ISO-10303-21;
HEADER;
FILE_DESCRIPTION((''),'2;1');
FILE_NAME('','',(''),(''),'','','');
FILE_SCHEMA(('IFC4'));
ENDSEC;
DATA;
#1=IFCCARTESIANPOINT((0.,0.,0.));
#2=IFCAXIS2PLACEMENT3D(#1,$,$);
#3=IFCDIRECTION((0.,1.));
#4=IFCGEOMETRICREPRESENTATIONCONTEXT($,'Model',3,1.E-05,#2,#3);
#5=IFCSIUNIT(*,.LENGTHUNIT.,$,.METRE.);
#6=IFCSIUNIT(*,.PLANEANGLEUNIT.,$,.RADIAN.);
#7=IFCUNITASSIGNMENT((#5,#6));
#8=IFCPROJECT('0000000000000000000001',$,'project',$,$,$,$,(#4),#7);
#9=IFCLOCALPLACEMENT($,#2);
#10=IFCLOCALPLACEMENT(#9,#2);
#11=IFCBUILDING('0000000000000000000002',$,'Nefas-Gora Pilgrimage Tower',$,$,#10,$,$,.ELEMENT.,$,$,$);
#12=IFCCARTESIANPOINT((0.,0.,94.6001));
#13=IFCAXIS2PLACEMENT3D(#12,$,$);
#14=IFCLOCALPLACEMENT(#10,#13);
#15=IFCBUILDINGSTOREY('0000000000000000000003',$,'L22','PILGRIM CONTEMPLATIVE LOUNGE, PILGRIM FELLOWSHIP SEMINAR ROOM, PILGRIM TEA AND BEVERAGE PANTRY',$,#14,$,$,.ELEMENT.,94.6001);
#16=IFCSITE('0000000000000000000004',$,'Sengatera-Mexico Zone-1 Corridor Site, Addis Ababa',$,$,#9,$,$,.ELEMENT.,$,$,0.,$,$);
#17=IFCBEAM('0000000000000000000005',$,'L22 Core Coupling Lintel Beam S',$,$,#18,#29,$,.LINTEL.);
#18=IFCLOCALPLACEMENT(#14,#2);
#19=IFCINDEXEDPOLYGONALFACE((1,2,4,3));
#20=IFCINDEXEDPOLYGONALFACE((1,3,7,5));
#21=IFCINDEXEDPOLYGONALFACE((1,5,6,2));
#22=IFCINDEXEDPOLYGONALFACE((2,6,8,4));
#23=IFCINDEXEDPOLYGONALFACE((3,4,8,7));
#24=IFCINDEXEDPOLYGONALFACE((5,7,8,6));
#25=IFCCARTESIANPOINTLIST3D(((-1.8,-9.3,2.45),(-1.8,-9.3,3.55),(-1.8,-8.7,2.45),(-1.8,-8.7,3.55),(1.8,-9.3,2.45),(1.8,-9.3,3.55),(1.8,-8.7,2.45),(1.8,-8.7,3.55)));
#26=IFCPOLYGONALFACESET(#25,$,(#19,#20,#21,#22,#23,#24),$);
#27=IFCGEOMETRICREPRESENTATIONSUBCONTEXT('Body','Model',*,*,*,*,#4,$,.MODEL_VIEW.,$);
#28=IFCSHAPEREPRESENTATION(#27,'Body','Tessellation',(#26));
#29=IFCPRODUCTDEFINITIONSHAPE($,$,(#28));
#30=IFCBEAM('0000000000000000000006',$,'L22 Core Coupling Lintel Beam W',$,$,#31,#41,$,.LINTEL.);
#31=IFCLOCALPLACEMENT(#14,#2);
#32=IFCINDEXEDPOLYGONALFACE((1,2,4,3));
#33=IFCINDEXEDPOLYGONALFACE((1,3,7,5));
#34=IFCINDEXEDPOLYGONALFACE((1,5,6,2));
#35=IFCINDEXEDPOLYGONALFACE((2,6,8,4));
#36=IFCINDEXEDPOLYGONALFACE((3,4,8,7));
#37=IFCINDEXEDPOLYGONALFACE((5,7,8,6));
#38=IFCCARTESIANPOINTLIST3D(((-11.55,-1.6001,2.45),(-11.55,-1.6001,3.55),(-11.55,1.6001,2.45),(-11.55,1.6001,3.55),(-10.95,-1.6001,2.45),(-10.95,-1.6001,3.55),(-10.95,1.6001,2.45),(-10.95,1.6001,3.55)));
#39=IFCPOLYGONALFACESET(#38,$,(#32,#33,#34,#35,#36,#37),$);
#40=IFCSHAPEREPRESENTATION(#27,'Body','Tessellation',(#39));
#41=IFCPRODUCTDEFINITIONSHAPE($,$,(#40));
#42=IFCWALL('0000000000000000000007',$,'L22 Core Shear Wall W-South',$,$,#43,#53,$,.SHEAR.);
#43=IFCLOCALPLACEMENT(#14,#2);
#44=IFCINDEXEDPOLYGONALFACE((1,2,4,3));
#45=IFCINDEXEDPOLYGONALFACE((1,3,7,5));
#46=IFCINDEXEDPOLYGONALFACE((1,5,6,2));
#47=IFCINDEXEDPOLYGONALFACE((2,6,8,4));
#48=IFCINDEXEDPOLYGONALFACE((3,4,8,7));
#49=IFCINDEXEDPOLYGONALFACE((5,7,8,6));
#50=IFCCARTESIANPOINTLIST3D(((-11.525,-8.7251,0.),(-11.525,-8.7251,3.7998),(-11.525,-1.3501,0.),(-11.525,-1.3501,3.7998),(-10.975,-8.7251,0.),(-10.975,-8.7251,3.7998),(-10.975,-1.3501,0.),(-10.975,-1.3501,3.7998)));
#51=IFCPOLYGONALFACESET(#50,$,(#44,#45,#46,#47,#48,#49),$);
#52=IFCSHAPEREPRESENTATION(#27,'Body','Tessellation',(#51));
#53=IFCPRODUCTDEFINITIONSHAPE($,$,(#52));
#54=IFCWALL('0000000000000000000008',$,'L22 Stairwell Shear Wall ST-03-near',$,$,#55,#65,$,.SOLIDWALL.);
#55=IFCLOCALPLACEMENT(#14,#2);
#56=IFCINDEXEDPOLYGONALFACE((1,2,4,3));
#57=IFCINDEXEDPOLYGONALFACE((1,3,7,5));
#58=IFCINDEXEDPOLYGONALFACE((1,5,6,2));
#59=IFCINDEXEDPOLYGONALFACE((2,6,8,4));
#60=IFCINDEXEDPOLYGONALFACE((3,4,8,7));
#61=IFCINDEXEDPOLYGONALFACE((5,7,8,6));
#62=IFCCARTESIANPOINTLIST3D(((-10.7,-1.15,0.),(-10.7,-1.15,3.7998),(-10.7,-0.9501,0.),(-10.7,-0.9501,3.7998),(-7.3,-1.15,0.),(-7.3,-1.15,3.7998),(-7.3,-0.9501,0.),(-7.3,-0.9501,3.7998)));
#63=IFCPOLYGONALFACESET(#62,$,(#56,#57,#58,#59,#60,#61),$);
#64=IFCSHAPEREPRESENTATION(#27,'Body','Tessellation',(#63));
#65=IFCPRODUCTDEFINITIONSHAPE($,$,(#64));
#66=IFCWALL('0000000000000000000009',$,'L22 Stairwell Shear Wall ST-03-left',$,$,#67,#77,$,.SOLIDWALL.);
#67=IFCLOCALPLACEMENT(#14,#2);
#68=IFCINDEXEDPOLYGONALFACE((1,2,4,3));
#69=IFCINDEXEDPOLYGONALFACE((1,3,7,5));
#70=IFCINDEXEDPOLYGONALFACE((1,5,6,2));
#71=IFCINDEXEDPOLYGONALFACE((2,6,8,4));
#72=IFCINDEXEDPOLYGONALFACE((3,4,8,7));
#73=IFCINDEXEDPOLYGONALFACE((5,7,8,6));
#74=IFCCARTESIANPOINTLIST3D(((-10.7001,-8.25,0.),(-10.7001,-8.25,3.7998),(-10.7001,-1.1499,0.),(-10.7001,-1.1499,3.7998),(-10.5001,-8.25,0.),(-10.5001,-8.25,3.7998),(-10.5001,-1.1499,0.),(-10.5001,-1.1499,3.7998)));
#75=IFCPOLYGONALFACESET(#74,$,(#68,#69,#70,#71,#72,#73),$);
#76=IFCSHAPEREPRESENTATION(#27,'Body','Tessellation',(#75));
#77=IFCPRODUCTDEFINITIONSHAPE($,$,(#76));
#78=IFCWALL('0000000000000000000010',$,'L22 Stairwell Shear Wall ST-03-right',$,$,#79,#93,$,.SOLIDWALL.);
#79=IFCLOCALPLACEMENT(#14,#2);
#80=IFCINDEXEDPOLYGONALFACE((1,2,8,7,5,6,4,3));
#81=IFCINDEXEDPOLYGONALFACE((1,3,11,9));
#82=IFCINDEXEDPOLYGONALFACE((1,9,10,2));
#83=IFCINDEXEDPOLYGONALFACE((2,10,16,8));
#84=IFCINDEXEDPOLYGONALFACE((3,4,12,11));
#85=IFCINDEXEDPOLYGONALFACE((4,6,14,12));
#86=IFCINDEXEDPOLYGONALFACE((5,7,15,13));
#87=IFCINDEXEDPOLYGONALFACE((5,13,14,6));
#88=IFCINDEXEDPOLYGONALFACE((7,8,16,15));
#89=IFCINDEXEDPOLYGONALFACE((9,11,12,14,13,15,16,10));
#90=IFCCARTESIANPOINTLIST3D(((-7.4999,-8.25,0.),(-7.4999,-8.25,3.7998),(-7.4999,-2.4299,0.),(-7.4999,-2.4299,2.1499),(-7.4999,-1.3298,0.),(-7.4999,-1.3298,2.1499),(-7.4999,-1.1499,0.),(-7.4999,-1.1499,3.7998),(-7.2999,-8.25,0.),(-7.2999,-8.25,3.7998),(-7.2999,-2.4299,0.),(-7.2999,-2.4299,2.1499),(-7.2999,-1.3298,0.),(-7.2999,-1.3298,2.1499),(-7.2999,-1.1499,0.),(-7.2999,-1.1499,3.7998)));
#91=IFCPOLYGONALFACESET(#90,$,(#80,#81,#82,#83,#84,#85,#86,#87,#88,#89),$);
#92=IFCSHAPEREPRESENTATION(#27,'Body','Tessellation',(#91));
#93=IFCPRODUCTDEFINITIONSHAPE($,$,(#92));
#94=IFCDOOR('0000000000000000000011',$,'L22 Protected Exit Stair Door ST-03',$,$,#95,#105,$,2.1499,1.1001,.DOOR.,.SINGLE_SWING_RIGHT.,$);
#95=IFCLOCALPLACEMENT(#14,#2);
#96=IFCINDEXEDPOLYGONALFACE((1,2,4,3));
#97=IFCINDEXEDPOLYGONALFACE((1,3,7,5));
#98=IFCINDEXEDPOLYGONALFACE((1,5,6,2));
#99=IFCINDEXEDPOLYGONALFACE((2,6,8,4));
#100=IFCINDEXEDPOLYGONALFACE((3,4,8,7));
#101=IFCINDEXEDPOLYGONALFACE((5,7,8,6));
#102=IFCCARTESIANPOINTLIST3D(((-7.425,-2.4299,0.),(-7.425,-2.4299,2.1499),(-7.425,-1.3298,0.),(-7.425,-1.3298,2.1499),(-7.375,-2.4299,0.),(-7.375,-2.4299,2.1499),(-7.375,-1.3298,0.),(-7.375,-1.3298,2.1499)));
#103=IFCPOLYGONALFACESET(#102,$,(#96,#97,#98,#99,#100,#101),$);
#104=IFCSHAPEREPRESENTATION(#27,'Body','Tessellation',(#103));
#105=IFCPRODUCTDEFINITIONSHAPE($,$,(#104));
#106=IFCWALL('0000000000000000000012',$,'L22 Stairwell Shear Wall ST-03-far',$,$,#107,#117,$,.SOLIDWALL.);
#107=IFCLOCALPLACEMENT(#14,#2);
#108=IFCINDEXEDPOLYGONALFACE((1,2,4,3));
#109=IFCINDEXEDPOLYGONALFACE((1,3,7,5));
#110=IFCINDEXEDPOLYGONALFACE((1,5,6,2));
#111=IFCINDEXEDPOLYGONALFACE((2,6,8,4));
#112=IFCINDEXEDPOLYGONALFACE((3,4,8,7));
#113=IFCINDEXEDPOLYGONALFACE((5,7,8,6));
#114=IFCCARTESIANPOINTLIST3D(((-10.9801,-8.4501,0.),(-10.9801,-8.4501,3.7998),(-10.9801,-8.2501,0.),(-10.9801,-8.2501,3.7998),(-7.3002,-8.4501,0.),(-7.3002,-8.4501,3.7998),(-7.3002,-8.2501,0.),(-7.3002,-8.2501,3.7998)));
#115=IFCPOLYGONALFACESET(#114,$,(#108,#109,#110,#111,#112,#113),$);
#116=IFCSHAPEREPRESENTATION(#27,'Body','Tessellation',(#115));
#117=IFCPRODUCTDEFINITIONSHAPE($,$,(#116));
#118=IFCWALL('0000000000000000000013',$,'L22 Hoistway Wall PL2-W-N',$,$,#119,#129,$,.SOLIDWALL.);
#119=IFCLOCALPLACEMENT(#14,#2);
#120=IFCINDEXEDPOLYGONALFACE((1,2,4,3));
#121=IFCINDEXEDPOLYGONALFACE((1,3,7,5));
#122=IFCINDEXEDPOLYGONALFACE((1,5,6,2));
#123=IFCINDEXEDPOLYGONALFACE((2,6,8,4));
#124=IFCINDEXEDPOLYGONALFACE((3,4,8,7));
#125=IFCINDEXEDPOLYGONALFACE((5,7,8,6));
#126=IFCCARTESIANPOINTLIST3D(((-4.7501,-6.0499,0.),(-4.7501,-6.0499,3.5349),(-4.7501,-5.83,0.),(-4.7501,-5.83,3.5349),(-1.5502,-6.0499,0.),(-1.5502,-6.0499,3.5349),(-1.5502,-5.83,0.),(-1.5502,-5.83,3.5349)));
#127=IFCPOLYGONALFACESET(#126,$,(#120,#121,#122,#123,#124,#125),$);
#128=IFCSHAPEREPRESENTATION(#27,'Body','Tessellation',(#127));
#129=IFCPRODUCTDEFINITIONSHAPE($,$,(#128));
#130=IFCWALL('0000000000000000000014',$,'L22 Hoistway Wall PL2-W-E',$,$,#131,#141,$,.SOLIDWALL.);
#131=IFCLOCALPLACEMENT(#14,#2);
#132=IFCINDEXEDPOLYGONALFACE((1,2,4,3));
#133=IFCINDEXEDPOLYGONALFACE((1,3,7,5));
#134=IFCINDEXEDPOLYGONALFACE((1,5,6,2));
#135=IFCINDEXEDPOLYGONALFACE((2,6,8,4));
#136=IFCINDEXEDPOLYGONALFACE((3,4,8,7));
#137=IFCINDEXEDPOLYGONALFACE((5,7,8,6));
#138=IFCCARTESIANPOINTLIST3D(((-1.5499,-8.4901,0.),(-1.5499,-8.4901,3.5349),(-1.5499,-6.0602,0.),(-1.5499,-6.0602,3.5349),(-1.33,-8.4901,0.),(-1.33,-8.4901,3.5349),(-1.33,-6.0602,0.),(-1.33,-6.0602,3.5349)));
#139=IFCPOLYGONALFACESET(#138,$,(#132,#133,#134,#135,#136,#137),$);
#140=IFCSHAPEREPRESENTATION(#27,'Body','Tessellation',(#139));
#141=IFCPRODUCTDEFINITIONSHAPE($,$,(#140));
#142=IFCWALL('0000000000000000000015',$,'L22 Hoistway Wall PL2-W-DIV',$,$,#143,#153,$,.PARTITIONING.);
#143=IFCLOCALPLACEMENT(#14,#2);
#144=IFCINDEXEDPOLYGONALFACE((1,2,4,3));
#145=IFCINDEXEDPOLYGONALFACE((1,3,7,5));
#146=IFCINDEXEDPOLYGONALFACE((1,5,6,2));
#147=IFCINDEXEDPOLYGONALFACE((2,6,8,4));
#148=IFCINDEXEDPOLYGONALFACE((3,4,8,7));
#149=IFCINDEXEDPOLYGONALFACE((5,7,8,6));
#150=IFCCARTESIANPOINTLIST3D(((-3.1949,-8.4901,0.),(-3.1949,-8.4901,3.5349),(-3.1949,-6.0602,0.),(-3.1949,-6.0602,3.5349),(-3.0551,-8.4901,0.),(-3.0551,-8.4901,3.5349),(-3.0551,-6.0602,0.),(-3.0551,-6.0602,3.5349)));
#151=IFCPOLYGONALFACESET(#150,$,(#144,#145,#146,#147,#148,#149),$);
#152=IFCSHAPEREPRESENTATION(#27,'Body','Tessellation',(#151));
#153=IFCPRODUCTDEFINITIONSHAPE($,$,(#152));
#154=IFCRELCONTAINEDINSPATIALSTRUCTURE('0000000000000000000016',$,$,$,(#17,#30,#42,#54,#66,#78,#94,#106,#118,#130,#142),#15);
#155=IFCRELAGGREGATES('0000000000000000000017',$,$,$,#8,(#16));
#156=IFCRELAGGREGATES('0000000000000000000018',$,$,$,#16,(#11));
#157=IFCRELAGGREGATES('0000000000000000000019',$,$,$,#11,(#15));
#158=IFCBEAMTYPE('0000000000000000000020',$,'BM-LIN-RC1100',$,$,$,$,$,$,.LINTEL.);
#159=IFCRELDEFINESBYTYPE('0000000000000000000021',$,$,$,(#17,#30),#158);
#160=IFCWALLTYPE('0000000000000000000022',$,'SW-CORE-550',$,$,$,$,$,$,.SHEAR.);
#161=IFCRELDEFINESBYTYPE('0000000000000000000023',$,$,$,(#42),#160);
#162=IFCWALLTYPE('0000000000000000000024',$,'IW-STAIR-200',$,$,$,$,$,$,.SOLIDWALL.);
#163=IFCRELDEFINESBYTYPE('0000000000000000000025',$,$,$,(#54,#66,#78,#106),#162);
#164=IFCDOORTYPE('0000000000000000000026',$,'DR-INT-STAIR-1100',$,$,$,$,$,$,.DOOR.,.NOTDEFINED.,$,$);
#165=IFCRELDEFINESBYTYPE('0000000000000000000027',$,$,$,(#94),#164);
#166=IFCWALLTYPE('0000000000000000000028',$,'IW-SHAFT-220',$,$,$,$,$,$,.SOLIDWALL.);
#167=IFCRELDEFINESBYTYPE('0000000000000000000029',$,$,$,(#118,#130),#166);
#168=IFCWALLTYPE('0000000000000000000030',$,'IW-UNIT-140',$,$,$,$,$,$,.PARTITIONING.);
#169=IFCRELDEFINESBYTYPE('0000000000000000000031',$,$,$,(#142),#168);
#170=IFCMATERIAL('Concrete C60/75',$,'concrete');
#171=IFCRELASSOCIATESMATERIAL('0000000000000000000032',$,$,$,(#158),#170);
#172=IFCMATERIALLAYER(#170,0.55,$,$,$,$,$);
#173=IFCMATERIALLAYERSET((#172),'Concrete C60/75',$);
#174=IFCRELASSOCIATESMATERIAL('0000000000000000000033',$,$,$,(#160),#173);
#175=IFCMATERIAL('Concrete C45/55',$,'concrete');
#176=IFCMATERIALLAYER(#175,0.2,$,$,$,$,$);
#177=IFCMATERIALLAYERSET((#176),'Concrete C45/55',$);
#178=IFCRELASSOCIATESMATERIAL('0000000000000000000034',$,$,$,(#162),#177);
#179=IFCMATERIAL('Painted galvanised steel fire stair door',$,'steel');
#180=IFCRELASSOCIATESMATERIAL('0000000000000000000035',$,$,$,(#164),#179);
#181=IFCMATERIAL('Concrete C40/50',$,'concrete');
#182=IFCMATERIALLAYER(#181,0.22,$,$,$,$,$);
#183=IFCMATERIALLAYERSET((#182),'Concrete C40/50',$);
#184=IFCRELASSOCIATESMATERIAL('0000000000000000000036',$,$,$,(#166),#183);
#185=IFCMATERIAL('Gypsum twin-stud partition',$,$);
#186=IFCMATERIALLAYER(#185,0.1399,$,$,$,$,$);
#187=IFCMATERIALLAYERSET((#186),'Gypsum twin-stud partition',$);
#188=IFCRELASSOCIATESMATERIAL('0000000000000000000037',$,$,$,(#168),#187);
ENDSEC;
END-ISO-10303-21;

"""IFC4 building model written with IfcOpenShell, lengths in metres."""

from ifc_helpers import new_model, si_unit, direction, frame, frame_2d, origin, origin_2d, place, context, subcontext, project, spatial, rectangle, extrude, source, transform, mapped, material, layer, layer_set, material_profile, profile_set, type_object, element, fill, save


model = new_model("IFC4")

# Units and contexts
model_context = context("Model", 3, precision=1e-05, world=origin(), true_north=direction((0.0, 1.0)))
body_context = subcontext(model_context, "Body", "Model", "MODEL_VIEW")
ifc_project = project(units=[si_unit("LENGTHUNIT", "METRE"), si_unit("PLANEANGLEUNIT", "RADIAN")], contexts=[model_context])

# Site, building, storey
site_placement = place(None, origin())
site = spatial("IfcSite", under=ifc_project, at=site_placement, Name="Sengatera-Mexico Zone-1 Corridor Site, Addis Ababa", CompositionType="ELEMENT", RefElevation=0.0)
building_placement = place(site_placement, origin())
building = spatial("IfcBuilding", under=site, at=building_placement, Name="Nefas-Gora Pilgrimage Tower", CompositionType="ELEMENT")
storey_placement = place(building_placement, frame((0.0, 0.0, 94.6001)))
storey = spatial("IfcBuildingStorey", under=building, at=storey_placement, Name="L22", Description="PILGRIM CONTEMPLATIVE LOUNGE, PILGRIM FELLOWSHIP SEMINAR ROOM, PILGRIM TEA AND BEVERAGE PANTRY", CompositionType="ELEMENT", Elevation=94.6001)

# Beams
ifc_material_1 = material(Name="Concrete C60/75", Category="concrete")
ifc_material_profile = material_profile(ifc_material_1, rectangle(XDim=0.6001, YDim=1.1001, at=origin_2d()), Name="RC 600x1100")
ifc_profile_set = profile_set([ifc_material_profile], Name="Concrete C60/75")
beam_type = type_object("IfcBeamType", Name="BM-LIN-RC1100", PredefinedType="LINTEL", material=ifc_profile_set)
shared_shape_1 = source(origin(), body_context, "Body", "SweptSolid", [
    extrude(rectangle(XDim=0.6001, YDim=1.1001, at=origin_2d()), origin(), (0.0, 0.0, 1.0), 3.6001),
])
beam_1_placement = place(storey_placement, frame((-1.8, -9.0, 3.0), z_axis=(1.0, 0.0, 0.0), x_axis=(0.0, 1.0, 0.0)))
element("IfcBeam", 1, at=beam_1_placement, inside=storey, type_object=beam_type, Name="L22 Core Coupling Lintel Beam S", PredefinedType="LINTEL", context=body_context, shape_type="MappedRepresentation", body=[
    mapped(shared_shape_1, transform((0.0, 0.0, 0.0), x_axis=(1.0, 0.0, 0.0), y_axis=(0.0, 1.0, 0.0), z_axis=(0.0, 0.0, 1.0), scale=1.0)),
])
shared_shape_2 = source(origin(), body_context, "Body", "SweptSolid", [
    extrude(rectangle(XDim=0.6001, YDim=1.1001, at=origin_2d()), origin(), (0.0, 0.0, 1.0), 3.2002),
])
beam_2_placement = place(storey_placement, frame((-11.25, -1.6001, 3.0), z_axis=(0.0, 1.0, 0.0), x_axis=(-1.0, 0.0, 0.0)))
element("IfcBeam", 2, at=beam_2_placement, inside=storey, type_object=beam_type, Name="L22 Core Coupling Lintel Beam W", PredefinedType="LINTEL", context=body_context, shape_type="MappedRepresentation", body=[
    mapped(shared_shape_2, transform((0.0, 0.0, 0.0), x_axis=(1.0, 0.0, 0.0), y_axis=(0.0, 1.0, 0.0), z_axis=(0.0, 0.0, 1.0), scale=1.0)),
])

# Walls
ifc_layer_1 = layer(ifc_material_1, 0.55)
ifc_layer_set_1 = layer_set([ifc_layer_1], Name="Concrete C60/75")
wall_type_1 = type_object("IfcWallType", Name="SW-CORE-550", PredefinedType="SHEAR", material=ifc_layer_set_1)
shared_shape_3 = source(origin(), body_context, "Body", "SweptSolid", [
    extrude(rectangle(XDim=7.375, YDim=0.55, at=frame_2d((3.6875, 0.0))), origin(), (0.0, 0.0, 1.0), 3.7998),
])
wall_1_placement = place(storey_placement, frame((-11.25, -8.7251, 0.0), z_axis=(0.0, 0.0, 1.0), x_axis=(0.0, 1.0, 0.0)))
element("IfcWall", 3, at=wall_1_placement, inside=storey, type_object=wall_type_1, Name="L22 Core Shear Wall W-South", PredefinedType="SHEAR", context=body_context, shape_type="MappedRepresentation", body=[
    mapped(shared_shape_3, transform((0.0, 0.0, 0.0), x_axis=(1.0, 0.0, 0.0), y_axis=(0.0, 1.0, 0.0), z_axis=(0.0, 0.0, 1.0), scale=1.0)),
])
ifc_material_2 = material(Name="Concrete C45/55", Category="concrete")
ifc_layer_2 = layer(ifc_material_2, 0.2)
ifc_layer_set_2 = layer_set([ifc_layer_2], Name="Concrete C45/55")
wall_type_2 = type_object("IfcWallType", Name="IW-STAIR-200", PredefinedType="SOLIDWALL", material=ifc_layer_set_2)
shared_shape_4 = source(origin(), body_context, "Body", "SweptSolid", [
    extrude(rectangle(XDim=3.3999, YDim=0.2, at=frame_2d((1.7, 0.0))), origin(), (0.0, 0.0, 1.0), 3.7998),
])
wall_2_placement = place(storey_placement, frame((-10.7, -1.05, 0.0), z_axis=(0.0, 0.0, 1.0), x_axis=(1.0, 0.0, 0.0)))
element("IfcWall", 4, at=wall_2_placement, inside=storey, type_object=wall_type_2, Name="L22 Stairwell Shear Wall ST-03-near", PredefinedType="SOLIDWALL", context=body_context, shape_type="MappedRepresentation", body=[
    mapped(shared_shape_4, transform((0.0, 0.0, 0.0), x_axis=(1.0, 0.0, 0.0), y_axis=(0.0, 1.0, 0.0), z_axis=(0.0, 0.0, 1.0), scale=1.0)),
])
shared_shape_5 = source(origin(), body_context, "Body", "SweptSolid", [
    extrude(rectangle(XDim=7.1001, YDim=0.2, at=frame_2d((3.55, 0.0))), origin(), (0.0, 0.0, 1.0), 3.7998),
])
wall_3_placement = place(storey_placement, frame((-10.6001, -1.1499, 0.0), z_axis=(0.0, 0.0, 1.0), x_axis=(0.0, -1.0, 0.0)))
element("IfcWall", 5, at=wall_3_placement, inside=storey, type_object=wall_type_2, Name="L22 Stairwell Shear Wall ST-03-left", PredefinedType="SOLIDWALL", context=body_context, shape_type="MappedRepresentation", body=[
    mapped(shared_shape_5, transform((0.0, 0.0, 0.0), x_axis=(1.0, 0.0, 0.0), y_axis=(0.0, 1.0, 0.0), z_axis=(0.0, 0.0, 1.0), scale=1.0)),
])

# Wall, opening, door
wall_4_placement = place(storey_placement, frame((-7.3999, -1.1499, 0.0), z_axis=(0.0, 0.0, 1.0), x_axis=(0.0, -1.0, 0.0)))
wall_4 = element("IfcWall", 6, at=wall_4_placement, inside=storey, type_object=wall_type_2, Name="L22 Stairwell Shear Wall ST-03-right", PredefinedType="SOLIDWALL", context=body_context, shape_type="MappedRepresentation", body=[
    mapped(shared_shape_5, transform((0.0, 0.0, 0.0), x_axis=(1.0, 0.0, 0.0), y_axis=(0.0, 1.0, 0.0), z_axis=(0.0, 0.0, 1.0), scale=1.0)),
])
opening_1_placement = place(wall_4_placement, frame((0.1799, 0.0, 0.0)))
opening_1 = element("IfcOpeningElement", 7, at=opening_1_placement, cuts=wall_4, PredefinedType="OPENING", context=body_context, shape_type="SweptSolid", body=[
    extrude(rectangle(XDim=1.1001, YDim=2.1499, at=frame_2d((0.55, 1.075))), frame((0.0, 0.1099, 0.0), z_axis=(0.0, -1.0, 0.0), x_axis=(1.0, 0.0, 0.0)), (0.0, 0.0, 1.0), 0.22),
])
ifc_material_3 = material(Name="Painted galvanised steel fire stair door", Category="steel")
door_type_1 = type_object("IfcDoorType", Name="DR-INT-STAIR-1100", OperationType="NOTDEFINED", PredefinedType="DOOR", material=ifc_material_3)
shared_shape_6 = source(origin(), body_context, "Body", "SweptSolid", [
    extrude(rectangle(XDim=1.1001, YDim=2.1499, at=frame_2d((0.55, 1.075))), frame((0.0, 0.0249, 0.0), z_axis=(0.0, -1.0, 0.0), x_axis=(1.0, 0.0, 0.0)), (0.0, 0.0, 1.0), 0.05),
])
door_1_placement = place(opening_1_placement, origin())
door_1 = element("IfcDoor", 8, at=door_1_placement, inside=storey, type_object=door_type_1, Name="L22 Protected Exit Stair Door ST-03", OperationType="SINGLE_SWING_RIGHT", OverallHeight=2.1499, OverallWidth=1.1001, PredefinedType="DOOR", context=body_context, shape_type="MappedRepresentation", body=[
    mapped(shared_shape_6, transform((0.0, 0.0, 0.0), x_axis=(1.0, 0.0, 0.0), y_axis=(0.0, 1.0, 0.0), z_axis=(0.0, 0.0, 1.0), scale=1.0)),
])
fill(opening_1, door_1)

# Walls
shared_shape_7 = source(origin(), body_context, "Body", "SweptSolid", [
    extrude(rectangle(XDim=3.6799, YDim=0.2, at=frame_2d((1.8398, 0.0))), origin(), (0.0, 0.0, 1.0), 3.7998),
])
wall_5_placement = place(storey_placement, frame((-10.98, -8.3501, 0.0), z_axis=(0.0, 0.0, 1.0), x_axis=(1.0, 0.0, 0.0)))
element("IfcWall", 9, at=wall_5_placement, inside=storey, type_object=wall_type_2, Name="L22 Stairwell Shear Wall ST-03-far", PredefinedType="SOLIDWALL", context=body_context, shape_type="MappedRepresentation", body=[
    mapped(shared_shape_7, transform((0.0, 0.0, 0.0), x_axis=(1.0, 0.0, 0.0), y_axis=(0.0, 1.0, 0.0), z_axis=(0.0, 0.0, 1.0), scale=1.0)),
])
ifc_material_4 = material(Name="Concrete C40/50", Category="concrete")
ifc_layer_3 = layer(ifc_material_4, 0.22)
ifc_layer_set_3 = layer_set([ifc_layer_3], Name="Concrete C40/50")
wall_type_3 = type_object("IfcWallType", Name="IW-SHAFT-220", PredefinedType="SOLIDWALL", material=ifc_layer_set_3)
shared_shape_8 = source(origin(), body_context, "Body", "SweptSolid", [
    extrude(rectangle(XDim=3.2, YDim=0.22, at=frame_2d((1.6001, 0.0))), origin(), (0.0, 0.0, 1.0), 3.5349),
])
wall_6_placement = place(storey_placement, frame((-1.55, -5.9399, 0.0), z_axis=(0.0, 0.0, 1.0), x_axis=(-1.0, 0.0, 0.0)))
element("IfcWall", 10, at=wall_6_placement, inside=storey, type_object=wall_type_3, Name="L22 Hoistway Wall PL2-W-N", PredefinedType="SOLIDWALL", context=body_context, shape_type="MappedRepresentation", body=[
    mapped(shared_shape_8, transform((0.0, 0.0, 0.0), x_axis=(1.0, 0.0, 0.0), y_axis=(0.0, 1.0, 0.0), z_axis=(0.0, 0.0, 1.0), scale=1.0)),
])
shared_shape_9 = source(origin(), body_context, "Body", "SweptSolid", [
    extrude(rectangle(XDim=2.4299, YDim=0.22, at=frame_2d((1.2148, 0.0))), origin(), (0.0, 0.0, 1.0), 3.5349),
])
for number, where, z_axis, x_axis, name in (
    (11, (-1.4399, -8.49, 0.0), (0.0, 0.0, 1.0), (0.0, 1.0, 0.0), "L22 Hoistway Wall PL2-W-E"),
):
    element("IfcWall", number, at=place(storey_placement, frame(where, z_axis=z_axis, x_axis=x_axis)), inside=storey, type_object=wall_type_3, Name=name, PredefinedType="SOLIDWALL", context=body_context, shape_type="MappedRepresentation", body=[
        mapped(shared_shape_9, transform((0.0, 0.0, 0.0), x_axis=(1.0, 0.0, 0.0), y_axis=(0.0, 1.0, 0.0), z_axis=(0.0, 0.0, 1.0), scale=1.0)),
    ])
ifc_material_5 = material(Name="Gypsum twin-stud partition")
ifc_layer_4 = layer(ifc_material_5, 0.1399)
ifc_layer_set_4 = layer_set([ifc_layer_4], Name="Gypsum twin-stud partition")
wall_type_4 = type_object("IfcWallType", Name="IW-UNIT-140", PredefinedType="PARTITIONING", material=ifc_layer_set_4)
shared_shape_10 = source(origin(), body_context, "Body", "SweptSolid", [
    extrude(rectangle(XDim=2.4299, YDim=0.1399, at=frame_2d((1.2148, 0.0))), origin(), (0.0, 0.0, 1.0), 3.5349),
])
wall_7_placement = place(storey_placement, frame((-3.125, -8.49, 0.0), z_axis=(0.0, 0.0, 1.0), x_axis=(0.0, 1.0, 0.0)))
element("IfcWall", 12, at=wall_7_placement, inside=storey, type_object=wall_type_4, Name="L22 Hoistway Wall PL2-W-DIV", PredefinedType="PARTITIONING", context=body_context, shape_type="MappedRepresentation", body=[
    mapped(shared_shape_10, transform((0.0, 0.0, 0.0), x_axis=(1.0, 0.0, 0.0), y_axis=(0.0, 1.0, 0.0), z_axis=(0.0, 0.0, 1.0), scale=1.0)),
])

save(model, "model.ifc")
